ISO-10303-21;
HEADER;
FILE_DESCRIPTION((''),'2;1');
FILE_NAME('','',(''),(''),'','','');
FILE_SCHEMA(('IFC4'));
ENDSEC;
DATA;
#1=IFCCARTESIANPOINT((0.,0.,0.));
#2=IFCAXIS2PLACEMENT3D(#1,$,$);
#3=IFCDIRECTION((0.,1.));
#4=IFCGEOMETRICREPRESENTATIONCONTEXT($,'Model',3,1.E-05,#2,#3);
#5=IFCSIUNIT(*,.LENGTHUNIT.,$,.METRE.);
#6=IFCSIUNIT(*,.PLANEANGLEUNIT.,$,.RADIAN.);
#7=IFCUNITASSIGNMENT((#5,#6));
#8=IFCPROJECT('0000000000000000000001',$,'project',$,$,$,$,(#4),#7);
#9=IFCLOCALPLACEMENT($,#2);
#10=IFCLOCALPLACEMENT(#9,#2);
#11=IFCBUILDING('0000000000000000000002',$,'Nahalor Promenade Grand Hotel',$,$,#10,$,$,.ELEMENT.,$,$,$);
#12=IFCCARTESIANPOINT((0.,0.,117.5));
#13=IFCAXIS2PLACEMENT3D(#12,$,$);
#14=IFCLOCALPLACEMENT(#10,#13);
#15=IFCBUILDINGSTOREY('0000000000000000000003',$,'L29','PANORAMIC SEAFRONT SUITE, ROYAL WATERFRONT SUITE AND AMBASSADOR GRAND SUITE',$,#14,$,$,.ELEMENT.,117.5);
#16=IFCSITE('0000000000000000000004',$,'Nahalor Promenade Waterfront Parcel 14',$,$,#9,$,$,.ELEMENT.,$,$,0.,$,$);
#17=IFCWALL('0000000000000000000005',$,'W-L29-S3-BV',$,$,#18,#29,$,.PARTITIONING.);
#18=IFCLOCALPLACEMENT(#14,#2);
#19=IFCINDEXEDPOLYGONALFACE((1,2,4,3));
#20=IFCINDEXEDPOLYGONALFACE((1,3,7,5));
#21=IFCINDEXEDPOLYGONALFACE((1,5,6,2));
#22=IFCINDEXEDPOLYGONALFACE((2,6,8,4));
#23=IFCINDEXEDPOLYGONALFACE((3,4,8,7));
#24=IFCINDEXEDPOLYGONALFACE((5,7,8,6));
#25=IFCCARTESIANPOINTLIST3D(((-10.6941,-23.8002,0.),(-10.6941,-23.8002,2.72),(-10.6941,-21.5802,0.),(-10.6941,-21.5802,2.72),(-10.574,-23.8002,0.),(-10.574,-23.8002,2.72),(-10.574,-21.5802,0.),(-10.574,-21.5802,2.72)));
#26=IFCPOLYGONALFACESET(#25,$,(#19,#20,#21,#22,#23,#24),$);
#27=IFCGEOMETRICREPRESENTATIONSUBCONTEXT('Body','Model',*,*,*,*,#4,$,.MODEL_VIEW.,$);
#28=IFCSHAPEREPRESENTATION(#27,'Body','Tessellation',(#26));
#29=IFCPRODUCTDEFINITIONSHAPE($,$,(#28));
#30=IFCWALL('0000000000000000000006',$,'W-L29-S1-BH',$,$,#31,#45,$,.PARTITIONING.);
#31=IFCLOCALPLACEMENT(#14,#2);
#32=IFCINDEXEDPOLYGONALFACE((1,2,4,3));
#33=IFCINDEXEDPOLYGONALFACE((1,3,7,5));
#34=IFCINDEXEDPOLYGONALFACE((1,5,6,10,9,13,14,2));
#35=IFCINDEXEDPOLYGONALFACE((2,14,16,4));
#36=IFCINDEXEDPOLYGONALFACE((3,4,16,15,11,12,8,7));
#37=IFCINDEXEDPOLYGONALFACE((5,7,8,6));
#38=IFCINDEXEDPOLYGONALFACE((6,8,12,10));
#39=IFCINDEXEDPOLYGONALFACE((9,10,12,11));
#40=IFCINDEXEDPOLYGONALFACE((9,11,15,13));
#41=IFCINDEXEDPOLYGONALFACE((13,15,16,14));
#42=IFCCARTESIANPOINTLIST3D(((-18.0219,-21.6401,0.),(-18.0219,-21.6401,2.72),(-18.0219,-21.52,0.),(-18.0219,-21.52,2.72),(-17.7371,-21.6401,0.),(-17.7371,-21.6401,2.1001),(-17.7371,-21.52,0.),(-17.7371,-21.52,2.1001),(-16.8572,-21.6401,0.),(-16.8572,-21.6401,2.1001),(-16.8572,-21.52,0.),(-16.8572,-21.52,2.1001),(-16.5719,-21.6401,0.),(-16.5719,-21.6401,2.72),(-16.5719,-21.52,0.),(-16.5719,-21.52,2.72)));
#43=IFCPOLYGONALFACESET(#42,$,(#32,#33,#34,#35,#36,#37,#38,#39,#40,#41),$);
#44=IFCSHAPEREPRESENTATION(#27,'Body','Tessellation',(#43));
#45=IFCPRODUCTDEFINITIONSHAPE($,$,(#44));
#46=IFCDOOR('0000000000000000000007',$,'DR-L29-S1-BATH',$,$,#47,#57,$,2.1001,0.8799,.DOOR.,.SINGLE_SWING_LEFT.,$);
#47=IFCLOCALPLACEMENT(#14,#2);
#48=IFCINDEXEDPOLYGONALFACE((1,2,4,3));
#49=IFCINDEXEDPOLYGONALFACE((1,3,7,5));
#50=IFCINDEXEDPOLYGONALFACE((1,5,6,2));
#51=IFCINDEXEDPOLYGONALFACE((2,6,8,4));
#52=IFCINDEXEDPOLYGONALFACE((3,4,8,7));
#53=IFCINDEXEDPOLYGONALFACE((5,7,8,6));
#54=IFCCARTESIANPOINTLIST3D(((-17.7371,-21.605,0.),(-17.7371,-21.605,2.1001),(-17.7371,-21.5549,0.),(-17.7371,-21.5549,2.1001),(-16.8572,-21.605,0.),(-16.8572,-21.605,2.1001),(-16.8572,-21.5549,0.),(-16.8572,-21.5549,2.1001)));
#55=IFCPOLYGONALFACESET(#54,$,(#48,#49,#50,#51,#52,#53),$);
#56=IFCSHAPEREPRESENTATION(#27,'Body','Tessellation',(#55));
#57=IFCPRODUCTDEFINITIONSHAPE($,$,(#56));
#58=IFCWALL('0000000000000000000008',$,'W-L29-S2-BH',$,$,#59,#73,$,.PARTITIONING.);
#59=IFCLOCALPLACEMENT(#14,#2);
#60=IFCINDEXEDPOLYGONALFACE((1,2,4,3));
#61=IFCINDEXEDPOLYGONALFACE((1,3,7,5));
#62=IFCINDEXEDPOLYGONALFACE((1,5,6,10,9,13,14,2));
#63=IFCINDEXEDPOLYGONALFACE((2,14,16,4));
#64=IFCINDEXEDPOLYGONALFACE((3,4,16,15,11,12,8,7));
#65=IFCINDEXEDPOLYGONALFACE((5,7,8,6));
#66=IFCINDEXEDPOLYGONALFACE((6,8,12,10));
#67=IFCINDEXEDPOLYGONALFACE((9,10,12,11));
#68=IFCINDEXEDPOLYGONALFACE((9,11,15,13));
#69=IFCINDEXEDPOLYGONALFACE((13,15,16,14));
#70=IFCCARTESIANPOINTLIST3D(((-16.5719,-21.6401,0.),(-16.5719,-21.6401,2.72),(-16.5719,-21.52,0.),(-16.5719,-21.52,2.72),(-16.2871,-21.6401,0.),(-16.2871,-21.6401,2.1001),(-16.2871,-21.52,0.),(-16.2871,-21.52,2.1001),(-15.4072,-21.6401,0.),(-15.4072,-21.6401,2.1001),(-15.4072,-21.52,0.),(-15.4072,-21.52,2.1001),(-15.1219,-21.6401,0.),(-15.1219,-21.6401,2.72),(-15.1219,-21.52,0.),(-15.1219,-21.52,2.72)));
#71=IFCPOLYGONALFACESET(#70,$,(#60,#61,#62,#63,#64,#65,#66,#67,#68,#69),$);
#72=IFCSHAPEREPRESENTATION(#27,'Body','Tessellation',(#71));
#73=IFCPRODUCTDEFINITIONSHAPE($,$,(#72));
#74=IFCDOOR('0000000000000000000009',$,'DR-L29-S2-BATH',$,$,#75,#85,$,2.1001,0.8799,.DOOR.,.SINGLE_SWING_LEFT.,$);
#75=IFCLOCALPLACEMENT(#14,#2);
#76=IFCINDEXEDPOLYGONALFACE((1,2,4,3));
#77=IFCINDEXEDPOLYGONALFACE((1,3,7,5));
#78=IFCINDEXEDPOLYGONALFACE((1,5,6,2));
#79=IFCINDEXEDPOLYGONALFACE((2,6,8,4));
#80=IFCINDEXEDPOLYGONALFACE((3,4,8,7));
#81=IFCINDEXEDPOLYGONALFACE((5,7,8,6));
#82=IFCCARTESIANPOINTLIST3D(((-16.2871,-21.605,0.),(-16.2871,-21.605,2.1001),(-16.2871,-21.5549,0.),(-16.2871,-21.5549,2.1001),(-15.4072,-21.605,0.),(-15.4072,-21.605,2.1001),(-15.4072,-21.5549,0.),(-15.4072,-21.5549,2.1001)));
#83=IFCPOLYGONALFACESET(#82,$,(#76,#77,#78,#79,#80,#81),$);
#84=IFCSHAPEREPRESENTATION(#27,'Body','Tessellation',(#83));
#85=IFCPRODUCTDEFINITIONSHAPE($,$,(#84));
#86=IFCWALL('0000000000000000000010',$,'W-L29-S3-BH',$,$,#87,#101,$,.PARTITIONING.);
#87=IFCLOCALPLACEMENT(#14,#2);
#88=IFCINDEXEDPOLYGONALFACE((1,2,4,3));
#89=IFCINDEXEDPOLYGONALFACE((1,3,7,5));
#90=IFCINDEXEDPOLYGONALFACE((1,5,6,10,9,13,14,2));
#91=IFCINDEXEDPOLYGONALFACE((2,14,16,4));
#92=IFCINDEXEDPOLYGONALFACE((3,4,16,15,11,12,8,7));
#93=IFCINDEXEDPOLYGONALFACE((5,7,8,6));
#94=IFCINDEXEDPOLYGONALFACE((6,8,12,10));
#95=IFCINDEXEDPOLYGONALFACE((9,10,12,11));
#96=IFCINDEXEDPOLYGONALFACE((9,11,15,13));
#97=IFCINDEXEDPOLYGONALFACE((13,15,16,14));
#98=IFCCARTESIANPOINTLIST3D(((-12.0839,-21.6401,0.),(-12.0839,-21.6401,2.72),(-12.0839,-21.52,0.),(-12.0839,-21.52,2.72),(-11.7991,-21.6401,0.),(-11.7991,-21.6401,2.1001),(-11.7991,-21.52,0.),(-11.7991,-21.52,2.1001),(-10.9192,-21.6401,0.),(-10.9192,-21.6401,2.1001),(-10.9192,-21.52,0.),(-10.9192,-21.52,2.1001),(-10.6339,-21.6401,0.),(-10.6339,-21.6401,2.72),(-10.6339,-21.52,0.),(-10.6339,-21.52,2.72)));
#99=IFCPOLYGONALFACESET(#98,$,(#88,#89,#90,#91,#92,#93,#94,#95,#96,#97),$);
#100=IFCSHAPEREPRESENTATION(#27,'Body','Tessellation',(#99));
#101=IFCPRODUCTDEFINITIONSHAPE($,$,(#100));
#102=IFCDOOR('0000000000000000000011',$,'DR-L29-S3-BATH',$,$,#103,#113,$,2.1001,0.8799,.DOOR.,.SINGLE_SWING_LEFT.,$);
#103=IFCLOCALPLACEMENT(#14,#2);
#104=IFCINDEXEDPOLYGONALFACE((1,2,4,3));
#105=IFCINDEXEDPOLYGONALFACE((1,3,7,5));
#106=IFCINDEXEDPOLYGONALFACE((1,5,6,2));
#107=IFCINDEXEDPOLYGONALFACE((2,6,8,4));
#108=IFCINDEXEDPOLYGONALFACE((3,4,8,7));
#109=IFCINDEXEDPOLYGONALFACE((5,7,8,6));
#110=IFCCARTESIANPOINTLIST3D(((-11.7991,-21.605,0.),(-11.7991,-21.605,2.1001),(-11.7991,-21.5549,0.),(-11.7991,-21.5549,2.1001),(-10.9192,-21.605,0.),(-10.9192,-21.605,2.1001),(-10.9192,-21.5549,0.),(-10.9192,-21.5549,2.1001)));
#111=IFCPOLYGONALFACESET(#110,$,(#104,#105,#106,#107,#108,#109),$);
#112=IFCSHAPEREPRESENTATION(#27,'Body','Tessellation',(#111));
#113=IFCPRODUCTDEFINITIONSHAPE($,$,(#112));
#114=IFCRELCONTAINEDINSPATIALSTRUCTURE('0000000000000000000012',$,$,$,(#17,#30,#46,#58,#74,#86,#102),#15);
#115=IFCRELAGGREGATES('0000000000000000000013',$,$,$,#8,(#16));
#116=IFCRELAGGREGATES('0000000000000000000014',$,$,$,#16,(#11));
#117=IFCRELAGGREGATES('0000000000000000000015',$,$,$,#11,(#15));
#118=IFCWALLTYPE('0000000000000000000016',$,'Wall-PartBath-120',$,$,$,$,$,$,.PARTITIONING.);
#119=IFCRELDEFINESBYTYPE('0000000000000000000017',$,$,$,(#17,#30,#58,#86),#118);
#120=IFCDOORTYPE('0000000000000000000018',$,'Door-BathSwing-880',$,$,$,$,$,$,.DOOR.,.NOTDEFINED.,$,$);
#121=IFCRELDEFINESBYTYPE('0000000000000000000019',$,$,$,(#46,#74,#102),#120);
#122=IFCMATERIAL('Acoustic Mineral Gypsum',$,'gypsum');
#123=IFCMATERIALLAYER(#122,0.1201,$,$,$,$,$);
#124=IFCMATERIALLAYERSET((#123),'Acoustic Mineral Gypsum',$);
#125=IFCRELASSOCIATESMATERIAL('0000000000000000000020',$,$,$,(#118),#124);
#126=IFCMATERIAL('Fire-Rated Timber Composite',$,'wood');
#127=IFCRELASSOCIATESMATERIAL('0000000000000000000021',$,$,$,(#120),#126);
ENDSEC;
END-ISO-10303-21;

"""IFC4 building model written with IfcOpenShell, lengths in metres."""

from ifc_helpers import new_model, si_unit, direction, frame, frame_2d, origin, place, context, subcontext, project, spatial, rectangle, extrude, source, transform, mapped, material, layer, layer_set, type_object, element, fill, save


model = new_model("IFC4")

# Units and contexts
model_context = context("Model", 3, precision=1e-05, world=origin(), true_north=direction((0.0, 1.0)))
body_context = subcontext(model_context, "Body", "Model", "MODEL_VIEW")
ifc_project = project(units=[si_unit("LENGTHUNIT", "METRE"), si_unit("PLANEANGLEUNIT", "RADIAN")], contexts=[model_context])

# Site, building, storey
site_placement = place(None, origin())
site = spatial("IfcSite", under=ifc_project, at=site_placement, Name="Nahalor Promenade Waterfront Parcel 14", CompositionType="ELEMENT", RefElevation=0.0)
building_placement = place(site_placement, origin())
building = spatial("IfcBuilding", under=site, at=building_placement, Name="Nahalor Promenade Grand Hotel", CompositionType="ELEMENT")
storey_placement = place(building_placement, frame((0.0, 0.0, 117.5)))
storey = spatial("IfcBuildingStorey", under=building, at=storey_placement, Name="L29", Description="PANORAMIC SEAFRONT SUITE, ROYAL WATERFRONT SUITE AND AMBASSADOR GRAND SUITE", CompositionType="ELEMENT", Elevation=117.5)

# Wall
ifc_material_1 = material(Name="Acoustic Mineral Gypsum", Category="gypsum")
ifc_layer_1 = layer(ifc_material_1, 0.1201)
ifc_layer_set_1 = layer_set([ifc_layer_1], Name="Acoustic Mineral Gypsum")
wall_type_1 = type_object("IfcWallType", Name="Wall-PartBath-120", PredefinedType="PARTITIONING", material=ifc_layer_set_1)
shared_shape_1 = source(origin(), body_context, "Body", "SweptSolid", [
    extrude(rectangle(XDim=2.22, YDim=0.1201, at=frame_2d((1.1099, 0.0))), origin(), (0.0, 0.0, 1.0), 2.72),
])
for number, where, z_axis, x_axis, name in (
    (1, (-10.634, -23.8, 0.0), (0.0, 0.0, 1.0), (0.0, 1.0, 0.0), "W-L29-S3-BV"),
):
    element("IfcWall", number, at=place(storey_placement, frame(where, z_axis=z_axis, x_axis=x_axis)), inside=storey, type_object=wall_type_1, Name=name, PredefinedType="PARTITIONING", context=body_context, shape_type="MappedRepresentation", body=[
        mapped(shared_shape_1, transform((0.0, 0.0, 0.0), scale=1.0)),
    ])

# Walls, openings, doors
shared_shape_2 = source(origin(), body_context, "Body", "SweptSolid", [
    extrude(rectangle(XDim=1.45, YDim=0.1201, at=frame_2d((0.7251, 0.0))), origin(), (0.0, 0.0, 1.0), 2.72),
])
wall_1_placement = place(storey_placement, frame((-18.022, -21.5801, 0.0), z_axis=(0.0, 0.0, 1.0), x_axis=(1.0, 0.0, 0.0)))
wall_1 = element("IfcWall", 2, at=wall_1_placement, inside=storey, type_object=wall_type_1, Name="W-L29-S1-BH", PredefinedType="PARTITIONING", context=body_context, shape_type="MappedRepresentation", body=[
    mapped(shared_shape_2, transform((0.0, 0.0, 0.0), scale=1.0)),
])
opening_1_placement = place(wall_1_placement, frame((0.2849, 0.0, 0.0)))
opening_1 = element("IfcOpeningElement", 3, at=opening_1_placement, cuts=wall_1, PredefinedType="OPENING", context=body_context, shape_type="SweptSolid", body=[
    extrude(rectangle(XDim=0.8799, YDim=2.1001, at=frame_2d((0.4399, 1.05))), frame((0.0, 0.0701, 0.0), z_axis=(0.0, -1.0, 0.0), x_axis=(1.0, 0.0, 0.0)), (0.0, 0.0, 1.0), 0.1401),
])
ifc_material_2 = material(Name="Fire-Rated Timber Composite", Category="wood")
door_type = type_object("IfcDoorType", Name="Door-BathSwing-880", OperationType="NOTDEFINED", PredefinedType="DOOR", material=ifc_material_2)
shared_shape_3 = source(origin(), body_context, "Body", "SweptSolid", [
    extrude(rectangle(XDim=0.8799, YDim=2.1001, at=frame_2d((0.4399, 1.05))), frame((0.0, 0.0249, 0.0), z_axis=(0.0, -1.0, 0.0), x_axis=(1.0, 0.0, 0.0)), (0.0, 0.0, 1.0), 0.05),
])
door_1_placement = place(opening_1_placement, frame((0.8799, 0.0, 0.0), z_axis=(0.0, 0.0, 1.0), x_axis=(-1.0, 0.0, 0.0)))
door_1 = element("IfcDoor", 4, at=door_1_placement, inside=storey, type_object=door_type, Name="DR-L29-S1-BATH", OperationType="SINGLE_SWING_LEFT", OverallHeight=2.1001, OverallWidth=0.8799, PredefinedType="DOOR", context=body_context, shape_type="MappedRepresentation", body=[
    mapped(shared_shape_3, transform((0.0, 0.0, 0.0), scale=1.0)),
])
fill(opening_1, door_1)
wall_2_placement = place(storey_placement, frame((-16.572, -21.5801, 0.0), z_axis=(0.0, 0.0, 1.0), x_axis=(1.0, 0.0, 0.0)))
wall_2 = element("IfcWall", 5, at=wall_2_placement, inside=storey, type_object=wall_type_1, Name="W-L29-S2-BH", PredefinedType="PARTITIONING", context=body_context, shape_type="MappedRepresentation", body=[
    mapped(shared_shape_2, transform((0.0, 0.0, 0.0), scale=1.0)),
])
opening_2_placement = place(wall_2_placement, frame((0.2849, 0.0, 0.0)))
opening_2 = element("IfcOpeningElement", 6, at=opening_2_placement, cuts=wall_2, PredefinedType="OPENING", context=body_context, shape_type="SweptSolid", body=[
    extrude(rectangle(XDim=0.8799, YDim=2.1001, at=frame_2d((0.4399, 1.05))), frame((0.0, 0.0701, 0.0), z_axis=(0.0, -1.0, 0.0), x_axis=(1.0, 0.0, 0.0)), (0.0, 0.0, 1.0), 0.1401),
])
door_2_placement = place(opening_2_placement, frame((0.8799, 0.0, 0.0), z_axis=(0.0, 0.0, 1.0), x_axis=(-1.0, 0.0, 0.0)))
door_2 = element("IfcDoor", 7, at=door_2_placement, inside=storey, type_object=door_type, Name="DR-L29-S2-BATH", OperationType="SINGLE_SWING_LEFT", OverallHeight=2.1001, OverallWidth=0.8799, PredefinedType="DOOR", context=body_context, shape_type="MappedRepresentation", body=[
    mapped(shared_shape_3, transform((0.0, 0.0, 0.0), scale=1.0)),
])
fill(opening_2, door_2)
wall_3_placement = place(storey_placement, frame((-12.084, -21.5801, 0.0), z_axis=(0.0, 0.0, 1.0), x_axis=(1.0, 0.0, 0.0)))
wall_3 = element("IfcWall", 8, at=wall_3_placement, inside=storey, type_object=wall_type_1, Name="W-L29-S3-BH", PredefinedType="PARTITIONING", context=body_context, shape_type="MappedRepresentation", body=[
    mapped(shared_shape_2, transform((0.0, 0.0, 0.0), scale=1.0)),
])
opening_3_placement = place(wall_3_placement, frame((0.2849, 0.0, 0.0)))
opening_3 = element("IfcOpeningElement", 9, at=opening_3_placement, cuts=wall_3, PredefinedType="OPENING", context=body_context, shape_type="SweptSolid", body=[
    extrude(rectangle(XDim=0.8799, YDim=2.1001, at=frame_2d((0.4399, 1.05))), frame((0.0, 0.0701, 0.0), z_axis=(0.0, -1.0, 0.0), x_axis=(1.0, 0.0, 0.0)), (0.0, 0.0, 1.0), 0.1401),
])
door_3_placement = place(opening_3_placement, frame((0.8799, 0.0, 0.0), z_axis=(0.0, 0.0, 1.0), x_axis=(-1.0, 0.0, 0.0)))
door_3 = element("IfcDoor", 10, at=door_3_placement, inside=storey, type_object=door_type, Name="DR-L29-S3-BATH", OperationType="SINGLE_SWING_LEFT", OverallHeight=2.1001, OverallWidth=0.8799, PredefinedType="DOOR", context=body_context, shape_type="MappedRepresentation", body=[
    mapped(shared_shape_3, transform((0.0, 0.0, 0.0), scale=1.0)),
])
fill(opening_3, door_3)

save(model, "model.ifc")
